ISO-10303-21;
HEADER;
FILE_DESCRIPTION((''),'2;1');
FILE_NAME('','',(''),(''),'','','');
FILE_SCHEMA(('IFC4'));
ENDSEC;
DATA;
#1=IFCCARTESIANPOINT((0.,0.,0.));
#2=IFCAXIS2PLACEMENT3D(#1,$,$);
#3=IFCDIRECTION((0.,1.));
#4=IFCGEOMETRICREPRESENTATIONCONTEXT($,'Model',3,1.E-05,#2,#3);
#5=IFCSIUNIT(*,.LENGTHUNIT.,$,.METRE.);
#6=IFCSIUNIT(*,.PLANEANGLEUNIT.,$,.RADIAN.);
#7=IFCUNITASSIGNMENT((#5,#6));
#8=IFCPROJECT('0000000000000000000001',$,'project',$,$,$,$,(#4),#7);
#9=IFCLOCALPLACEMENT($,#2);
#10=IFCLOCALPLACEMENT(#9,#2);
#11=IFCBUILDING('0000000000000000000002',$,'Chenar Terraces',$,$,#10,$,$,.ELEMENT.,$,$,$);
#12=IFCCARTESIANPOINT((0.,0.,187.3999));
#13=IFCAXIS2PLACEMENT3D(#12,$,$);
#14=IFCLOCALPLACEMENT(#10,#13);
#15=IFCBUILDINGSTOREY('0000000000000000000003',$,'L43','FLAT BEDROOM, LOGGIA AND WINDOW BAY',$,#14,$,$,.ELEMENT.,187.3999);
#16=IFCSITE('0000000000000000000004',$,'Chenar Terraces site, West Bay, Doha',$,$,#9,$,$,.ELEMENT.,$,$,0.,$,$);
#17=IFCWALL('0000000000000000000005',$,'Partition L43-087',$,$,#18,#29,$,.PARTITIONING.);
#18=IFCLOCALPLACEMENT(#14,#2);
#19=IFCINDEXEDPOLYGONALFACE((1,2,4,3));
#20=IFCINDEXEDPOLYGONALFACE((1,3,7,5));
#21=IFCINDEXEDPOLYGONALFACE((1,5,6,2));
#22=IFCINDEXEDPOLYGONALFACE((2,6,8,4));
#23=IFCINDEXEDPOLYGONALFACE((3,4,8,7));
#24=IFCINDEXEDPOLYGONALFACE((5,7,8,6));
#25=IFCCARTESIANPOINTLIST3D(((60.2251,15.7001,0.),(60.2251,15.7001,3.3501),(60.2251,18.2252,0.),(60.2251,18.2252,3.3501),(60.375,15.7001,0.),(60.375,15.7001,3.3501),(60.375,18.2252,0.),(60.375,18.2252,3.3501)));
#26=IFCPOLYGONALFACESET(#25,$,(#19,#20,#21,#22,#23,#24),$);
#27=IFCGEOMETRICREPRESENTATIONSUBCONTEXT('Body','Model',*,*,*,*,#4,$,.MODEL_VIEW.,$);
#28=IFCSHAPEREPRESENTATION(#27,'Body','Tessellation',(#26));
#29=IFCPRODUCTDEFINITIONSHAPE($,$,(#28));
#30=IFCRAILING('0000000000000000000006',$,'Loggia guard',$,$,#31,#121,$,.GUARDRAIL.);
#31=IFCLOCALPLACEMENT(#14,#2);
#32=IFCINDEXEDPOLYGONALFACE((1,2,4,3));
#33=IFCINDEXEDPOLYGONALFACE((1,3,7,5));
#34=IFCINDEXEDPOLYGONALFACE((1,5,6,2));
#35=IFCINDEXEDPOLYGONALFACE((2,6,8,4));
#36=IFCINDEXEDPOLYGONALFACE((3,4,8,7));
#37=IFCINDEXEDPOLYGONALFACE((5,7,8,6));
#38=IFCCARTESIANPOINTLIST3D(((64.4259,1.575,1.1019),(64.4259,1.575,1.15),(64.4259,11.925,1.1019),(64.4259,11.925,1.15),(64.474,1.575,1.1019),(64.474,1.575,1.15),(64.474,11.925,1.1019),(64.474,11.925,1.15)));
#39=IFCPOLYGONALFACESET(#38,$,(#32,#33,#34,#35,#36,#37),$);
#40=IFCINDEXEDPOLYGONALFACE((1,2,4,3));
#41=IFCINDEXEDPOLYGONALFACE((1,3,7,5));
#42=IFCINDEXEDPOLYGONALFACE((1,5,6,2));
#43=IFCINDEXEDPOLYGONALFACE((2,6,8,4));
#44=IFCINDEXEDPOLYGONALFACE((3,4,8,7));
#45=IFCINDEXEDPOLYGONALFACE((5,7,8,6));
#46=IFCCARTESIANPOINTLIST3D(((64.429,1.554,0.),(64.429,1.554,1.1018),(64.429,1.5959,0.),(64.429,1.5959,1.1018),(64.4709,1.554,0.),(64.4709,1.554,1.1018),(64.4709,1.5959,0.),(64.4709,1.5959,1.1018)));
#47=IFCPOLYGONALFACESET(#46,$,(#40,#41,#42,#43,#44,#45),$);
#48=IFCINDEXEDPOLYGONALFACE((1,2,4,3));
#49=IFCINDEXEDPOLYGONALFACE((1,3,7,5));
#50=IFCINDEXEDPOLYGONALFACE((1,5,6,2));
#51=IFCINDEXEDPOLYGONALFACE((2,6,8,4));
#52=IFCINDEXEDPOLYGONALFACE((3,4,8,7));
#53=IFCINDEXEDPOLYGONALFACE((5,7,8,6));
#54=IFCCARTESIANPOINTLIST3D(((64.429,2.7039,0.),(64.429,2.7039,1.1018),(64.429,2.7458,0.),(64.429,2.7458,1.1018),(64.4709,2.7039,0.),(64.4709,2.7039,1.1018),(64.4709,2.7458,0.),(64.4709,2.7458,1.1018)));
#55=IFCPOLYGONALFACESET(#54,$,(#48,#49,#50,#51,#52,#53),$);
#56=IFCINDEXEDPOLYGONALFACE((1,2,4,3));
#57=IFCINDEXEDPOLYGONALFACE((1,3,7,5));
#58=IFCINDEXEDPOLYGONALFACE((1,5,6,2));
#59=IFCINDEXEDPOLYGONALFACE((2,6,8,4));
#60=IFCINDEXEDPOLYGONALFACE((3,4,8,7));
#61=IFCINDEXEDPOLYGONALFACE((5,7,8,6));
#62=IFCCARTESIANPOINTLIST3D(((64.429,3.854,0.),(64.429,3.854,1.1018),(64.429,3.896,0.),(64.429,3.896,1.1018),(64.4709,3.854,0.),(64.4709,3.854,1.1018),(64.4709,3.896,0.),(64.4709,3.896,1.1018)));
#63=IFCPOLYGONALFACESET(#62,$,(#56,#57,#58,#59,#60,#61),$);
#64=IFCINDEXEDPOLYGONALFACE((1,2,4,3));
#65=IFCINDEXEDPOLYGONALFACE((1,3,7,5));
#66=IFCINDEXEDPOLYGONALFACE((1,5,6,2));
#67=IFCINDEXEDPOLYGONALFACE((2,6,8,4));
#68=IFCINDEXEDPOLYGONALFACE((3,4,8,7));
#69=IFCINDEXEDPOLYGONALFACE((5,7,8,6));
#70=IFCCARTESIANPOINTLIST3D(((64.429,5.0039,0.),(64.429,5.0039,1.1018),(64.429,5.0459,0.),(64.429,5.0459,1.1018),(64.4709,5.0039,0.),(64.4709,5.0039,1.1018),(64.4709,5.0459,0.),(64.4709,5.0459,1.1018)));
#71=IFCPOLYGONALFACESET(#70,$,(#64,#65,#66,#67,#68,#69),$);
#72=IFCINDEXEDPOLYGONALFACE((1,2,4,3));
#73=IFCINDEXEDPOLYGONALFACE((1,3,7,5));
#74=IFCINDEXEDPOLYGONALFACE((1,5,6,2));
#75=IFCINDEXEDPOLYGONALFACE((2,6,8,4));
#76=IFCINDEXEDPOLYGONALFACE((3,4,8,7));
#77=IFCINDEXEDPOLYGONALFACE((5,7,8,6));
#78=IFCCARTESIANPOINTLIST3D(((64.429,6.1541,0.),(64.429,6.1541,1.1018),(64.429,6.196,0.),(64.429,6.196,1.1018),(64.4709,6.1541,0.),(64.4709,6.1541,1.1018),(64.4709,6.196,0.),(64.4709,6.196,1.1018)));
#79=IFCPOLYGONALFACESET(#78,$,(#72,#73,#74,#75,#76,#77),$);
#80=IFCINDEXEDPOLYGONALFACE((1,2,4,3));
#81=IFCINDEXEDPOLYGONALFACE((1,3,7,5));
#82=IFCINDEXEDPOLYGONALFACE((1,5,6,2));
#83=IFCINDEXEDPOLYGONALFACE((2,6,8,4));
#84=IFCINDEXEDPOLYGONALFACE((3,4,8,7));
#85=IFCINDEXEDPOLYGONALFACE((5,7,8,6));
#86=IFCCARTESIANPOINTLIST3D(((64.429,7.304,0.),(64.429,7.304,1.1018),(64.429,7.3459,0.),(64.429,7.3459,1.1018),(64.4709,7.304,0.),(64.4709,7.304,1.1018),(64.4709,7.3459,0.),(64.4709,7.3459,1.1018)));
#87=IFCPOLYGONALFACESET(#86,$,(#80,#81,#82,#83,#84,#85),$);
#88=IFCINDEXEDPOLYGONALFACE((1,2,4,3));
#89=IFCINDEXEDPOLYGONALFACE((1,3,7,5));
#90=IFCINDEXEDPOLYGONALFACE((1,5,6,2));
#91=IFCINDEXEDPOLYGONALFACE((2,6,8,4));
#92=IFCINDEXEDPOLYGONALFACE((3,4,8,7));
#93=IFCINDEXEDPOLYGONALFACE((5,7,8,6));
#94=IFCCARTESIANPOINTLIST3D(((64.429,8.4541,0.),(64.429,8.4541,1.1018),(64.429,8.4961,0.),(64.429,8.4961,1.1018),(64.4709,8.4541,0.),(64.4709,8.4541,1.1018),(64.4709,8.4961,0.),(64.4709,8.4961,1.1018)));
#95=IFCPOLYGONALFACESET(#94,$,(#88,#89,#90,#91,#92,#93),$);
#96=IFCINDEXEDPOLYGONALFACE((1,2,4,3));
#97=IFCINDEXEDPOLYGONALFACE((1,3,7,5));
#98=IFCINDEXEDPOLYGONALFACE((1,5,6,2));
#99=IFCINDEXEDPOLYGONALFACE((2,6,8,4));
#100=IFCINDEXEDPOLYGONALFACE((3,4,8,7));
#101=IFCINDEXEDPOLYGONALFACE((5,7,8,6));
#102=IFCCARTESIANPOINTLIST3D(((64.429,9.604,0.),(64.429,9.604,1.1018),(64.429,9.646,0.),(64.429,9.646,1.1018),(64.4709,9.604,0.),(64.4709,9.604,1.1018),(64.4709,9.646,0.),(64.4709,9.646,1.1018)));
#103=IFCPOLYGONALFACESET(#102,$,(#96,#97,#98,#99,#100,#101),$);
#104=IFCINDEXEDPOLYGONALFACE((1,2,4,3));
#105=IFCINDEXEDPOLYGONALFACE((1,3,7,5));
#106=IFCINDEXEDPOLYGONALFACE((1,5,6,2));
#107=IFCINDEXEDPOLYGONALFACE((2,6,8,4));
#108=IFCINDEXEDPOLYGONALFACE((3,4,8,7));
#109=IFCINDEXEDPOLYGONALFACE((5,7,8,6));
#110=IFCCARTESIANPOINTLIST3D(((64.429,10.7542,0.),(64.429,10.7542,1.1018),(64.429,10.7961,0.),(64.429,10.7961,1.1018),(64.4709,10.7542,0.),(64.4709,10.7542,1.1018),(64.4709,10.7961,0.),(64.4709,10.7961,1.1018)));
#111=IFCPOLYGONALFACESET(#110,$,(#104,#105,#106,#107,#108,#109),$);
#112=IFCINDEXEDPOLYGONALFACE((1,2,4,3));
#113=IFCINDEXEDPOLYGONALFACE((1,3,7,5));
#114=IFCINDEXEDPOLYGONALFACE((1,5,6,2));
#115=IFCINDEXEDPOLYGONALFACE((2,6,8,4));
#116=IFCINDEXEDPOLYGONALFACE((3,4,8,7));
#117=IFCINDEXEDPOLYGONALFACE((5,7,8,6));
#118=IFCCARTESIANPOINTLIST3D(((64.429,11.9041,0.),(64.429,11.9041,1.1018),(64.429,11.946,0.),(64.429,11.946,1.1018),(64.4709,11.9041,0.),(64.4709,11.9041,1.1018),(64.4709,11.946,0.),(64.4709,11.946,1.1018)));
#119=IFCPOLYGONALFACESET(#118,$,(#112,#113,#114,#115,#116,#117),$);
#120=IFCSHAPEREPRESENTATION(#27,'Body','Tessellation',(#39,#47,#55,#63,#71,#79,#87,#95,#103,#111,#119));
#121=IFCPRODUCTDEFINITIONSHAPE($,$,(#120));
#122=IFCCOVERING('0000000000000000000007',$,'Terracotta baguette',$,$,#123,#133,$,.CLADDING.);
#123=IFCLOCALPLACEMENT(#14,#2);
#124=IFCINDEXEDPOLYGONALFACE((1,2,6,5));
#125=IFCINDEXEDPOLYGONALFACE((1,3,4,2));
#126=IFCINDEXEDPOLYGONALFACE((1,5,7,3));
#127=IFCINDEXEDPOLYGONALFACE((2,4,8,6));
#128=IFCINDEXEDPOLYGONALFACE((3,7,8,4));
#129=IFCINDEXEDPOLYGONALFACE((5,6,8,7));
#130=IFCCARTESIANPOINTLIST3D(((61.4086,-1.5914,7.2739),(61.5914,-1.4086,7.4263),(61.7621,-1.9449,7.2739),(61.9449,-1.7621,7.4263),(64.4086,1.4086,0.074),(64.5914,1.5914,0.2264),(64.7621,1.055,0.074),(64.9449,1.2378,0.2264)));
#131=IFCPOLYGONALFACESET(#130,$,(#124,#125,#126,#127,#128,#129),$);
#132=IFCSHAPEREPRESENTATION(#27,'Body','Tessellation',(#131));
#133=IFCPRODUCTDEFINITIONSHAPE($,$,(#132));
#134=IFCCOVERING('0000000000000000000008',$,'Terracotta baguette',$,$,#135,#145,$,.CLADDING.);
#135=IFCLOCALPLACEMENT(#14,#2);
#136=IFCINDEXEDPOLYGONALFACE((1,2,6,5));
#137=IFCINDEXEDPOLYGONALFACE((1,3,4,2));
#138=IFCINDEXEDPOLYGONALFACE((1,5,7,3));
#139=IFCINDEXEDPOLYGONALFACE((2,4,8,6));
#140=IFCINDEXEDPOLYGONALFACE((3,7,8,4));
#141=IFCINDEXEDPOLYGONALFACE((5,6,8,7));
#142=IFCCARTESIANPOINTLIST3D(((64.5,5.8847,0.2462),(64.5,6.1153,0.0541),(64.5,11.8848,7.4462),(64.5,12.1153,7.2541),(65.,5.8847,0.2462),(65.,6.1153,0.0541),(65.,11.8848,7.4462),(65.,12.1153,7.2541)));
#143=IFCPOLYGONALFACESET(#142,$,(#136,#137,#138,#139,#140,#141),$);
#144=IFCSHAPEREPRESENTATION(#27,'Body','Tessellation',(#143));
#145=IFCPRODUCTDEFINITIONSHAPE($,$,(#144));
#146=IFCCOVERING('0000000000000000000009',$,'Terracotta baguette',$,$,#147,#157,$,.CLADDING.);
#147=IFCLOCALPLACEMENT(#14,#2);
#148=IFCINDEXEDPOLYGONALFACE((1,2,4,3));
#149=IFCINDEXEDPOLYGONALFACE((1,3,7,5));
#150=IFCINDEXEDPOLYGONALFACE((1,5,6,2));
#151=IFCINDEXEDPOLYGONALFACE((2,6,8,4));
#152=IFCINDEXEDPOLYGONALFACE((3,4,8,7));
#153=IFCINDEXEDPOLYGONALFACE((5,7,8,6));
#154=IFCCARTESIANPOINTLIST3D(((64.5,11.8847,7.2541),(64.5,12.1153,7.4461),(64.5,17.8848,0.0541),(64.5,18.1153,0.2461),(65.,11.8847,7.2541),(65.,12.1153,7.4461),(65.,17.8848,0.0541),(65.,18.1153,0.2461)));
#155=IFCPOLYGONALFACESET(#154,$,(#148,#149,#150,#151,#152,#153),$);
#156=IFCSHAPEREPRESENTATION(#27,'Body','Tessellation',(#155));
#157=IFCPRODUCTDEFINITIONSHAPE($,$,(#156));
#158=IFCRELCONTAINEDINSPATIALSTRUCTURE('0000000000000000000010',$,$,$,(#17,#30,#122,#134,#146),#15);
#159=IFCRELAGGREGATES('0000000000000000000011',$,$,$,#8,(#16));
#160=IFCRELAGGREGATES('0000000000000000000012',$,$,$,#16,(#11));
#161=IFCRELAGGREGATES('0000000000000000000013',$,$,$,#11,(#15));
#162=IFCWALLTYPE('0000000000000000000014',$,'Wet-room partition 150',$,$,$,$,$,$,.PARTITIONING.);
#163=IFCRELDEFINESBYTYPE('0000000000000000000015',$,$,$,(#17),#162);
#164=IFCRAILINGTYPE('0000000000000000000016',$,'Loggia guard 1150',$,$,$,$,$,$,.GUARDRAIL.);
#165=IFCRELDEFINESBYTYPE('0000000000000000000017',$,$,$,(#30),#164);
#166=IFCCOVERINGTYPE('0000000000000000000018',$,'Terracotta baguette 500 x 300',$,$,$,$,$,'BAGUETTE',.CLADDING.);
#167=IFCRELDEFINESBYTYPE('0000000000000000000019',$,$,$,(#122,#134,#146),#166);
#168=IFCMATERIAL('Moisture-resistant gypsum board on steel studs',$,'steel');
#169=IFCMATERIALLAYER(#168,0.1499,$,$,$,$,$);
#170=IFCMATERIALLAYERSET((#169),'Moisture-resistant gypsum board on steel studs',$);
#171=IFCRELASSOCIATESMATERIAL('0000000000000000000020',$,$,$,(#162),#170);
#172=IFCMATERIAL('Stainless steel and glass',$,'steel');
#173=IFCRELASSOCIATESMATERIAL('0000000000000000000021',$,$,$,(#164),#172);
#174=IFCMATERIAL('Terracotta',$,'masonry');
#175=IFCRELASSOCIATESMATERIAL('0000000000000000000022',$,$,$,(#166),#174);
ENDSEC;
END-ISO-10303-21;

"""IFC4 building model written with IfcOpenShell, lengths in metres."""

from ifc_helpers import new_model, si_unit, direction, frame, frame_2d, origin, origin_2d, place, context, subcontext, project, spatial, rectangle, extrude, material, layer, layer_set, material_profile, profile_set, type_object, element, save


model = new_model("IFC4")

# Units and contexts
model_context = context("Model", 3, precision=1e-05, world=origin(), true_north=direction((0.0, 1.0)))
body_context = subcontext(model_context, "Body", "Model", "MODEL_VIEW")
ifc_project = project(units=[si_unit("LENGTHUNIT", "METRE"), si_unit("PLANEANGLEUNIT", "RADIAN")], contexts=[model_context])

# Site, building, storey
site_placement = place(None, origin())
site = spatial("IfcSite", under=ifc_project, at=site_placement, Name="Chenar Terraces site, West Bay, Doha", CompositionType="ELEMENT", RefElevation=0.0)
building_placement = place(site_placement, origin())
building = spatial("IfcBuilding", under=site, at=building_placement, Name="Chenar Terraces", CompositionType="ELEMENT")
storey_placement = place(building_placement, frame((0.0, 0.0, 187.3999)))
storey = spatial("IfcBuildingStorey", under=building, at=storey_placement, Name="L43", Description="FLAT BEDROOM, LOGGIA AND WINDOW BAY", CompositionType="ELEMENT", Elevation=187.3999)

# Shared definitions
ifc_material_1 = material(Name="Moisture-resistant gypsum board on steel studs", Category="steel")
ifc_layer_1 = layer(ifc_material_1, 0.1499)
ifc_layer_set_1 = layer_set([ifc_layer_1], Name="Moisture-resistant gypsum board on steel studs")
wall_type_1 = type_object("IfcWallType", Name="Wet-room partition 150", PredefinedType="PARTITIONING", material=ifc_layer_set_1)

# Wall
wall_1_placement = place(storey_placement, frame((60.3, 15.7, 0.0), z_axis=(0.0, 0.0, 1.0), x_axis=(0.0, 1.0, 0.0)))
element("IfcWall", 1, at=wall_1_placement, inside=storey, type_object=wall_type_1, Name="Partition L43-087", PredefinedType="PARTITIONING", context=body_context, shape_type="SweptSolid", body=[
    extrude(rectangle(XDim=2.5251, YDim=0.1499, at=frame_2d((1.2627, 0.0))), origin(), (0.0, 0.0, 1.0), 3.3501),
])

# Railing
ifc_material_2 = material(Name="Stainless steel and glass", Category="steel")
railing_type = type_object("IfcRailingType", Name="Loggia guard 1150", PredefinedType="GUARDRAIL", material=ifc_material_2)
railing_placement = place(storey_placement, frame((64.45, 1.575, 0.0)))
element("IfcRailing", 2, at=railing_placement, inside=storey, type_object=railing_type, Name="Loggia guard", PredefinedType="GUARDRAIL", context=body_context, shape_type="SweptSolid", body=[
    extrude(rectangle(XDim=0.0481, YDim=0.0481, at=origin_2d()), frame((0.0, 0.0, 1.126), z_axis=(0.0, 1.0, 0.0), x_axis=(-1.0, 0.0, 0.0)), (0.0, 0.0, 1.0), 10.3501),
    extrude(rectangle(XDim=0.042, YDim=0.042, at=origin_2d()), origin(), (0.0, 0.0, 1.0), 1.1018),
    extrude(rectangle(XDim=0.042, YDim=0.042, at=origin_2d()), frame((0.0, 1.1499, 0.0)), (0.0, 0.0, 1.0), 1.1018),
    extrude(rectangle(XDim=0.042, YDim=0.042, at=origin_2d()), frame((0.0, 2.3, 0.0)), (0.0, 0.0, 1.0), 1.1018),
    extrude(rectangle(XDim=0.042, YDim=0.042, at=origin_2d()), frame((0.0, 3.45, 0.0)), (0.0, 0.0, 1.0), 1.1018),
    extrude(rectangle(XDim=0.042, YDim=0.042, at=origin_2d()), frame((0.0, 4.6001, 0.0)), (0.0, 0.0, 1.0), 1.1018),
    extrude(rectangle(XDim=0.042, YDim=0.042, at=origin_2d()), frame((0.0, 5.75, 0.0)), (0.0, 0.0, 1.0), 1.1018),
    extrude(rectangle(XDim=0.042, YDim=0.042, at=origin_2d()), frame((0.0, 6.9001, 0.0)), (0.0, 0.0, 1.0), 1.1018),
    extrude(rectangle(XDim=0.042, YDim=0.042, at=origin_2d()), frame((0.0, 8.05, 0.0)), (0.0, 0.0, 1.0), 1.1018),
    extrude(rectangle(XDim=0.042, YDim=0.042, at=origin_2d()), frame((0.0, 9.2002, 0.0)), (0.0, 0.0, 1.0), 1.1018),
    extrude(rectangle(XDim=0.042, YDim=0.042, at=origin_2d()), frame((0.0, 10.3501, 0.0)), (0.0, 0.0, 1.0), 1.1018),
])

# Coverings
ifc_material_3 = material(Name="Terracotta", Category="masonry")
ifc_material_profile_1 = material_profile(ifc_material_3, rectangle(XDim=0.5, YDim=0.3, at=origin_2d()), Name="Terracotta baguette 500 x 300")
ifc_profile_set_1 = profile_set([ifc_material_profile_1], Name="Terracotta")
covering_type = type_object("IfcCoveringType", Name="Terracotta baguette 500 x 300", ElementType="BAGUETTE", PredefinedType="CLADDING", material=ifc_profile_set_1)
covering_placement = place(storey_placement, frame((61.6768, -1.6768, 7.3501), z_axis=(0.358981, 0.358981, -0.861548), x_axis=(-0.707107, 0.707107, 0.0)))
element("IfcCovering", 3, at=covering_placement, inside=storey, type_object=covering_type, Name="Terracotta baguette", PredefinedType="CLADDING", context=body_context, shape_type="SweptSolid", body=[
    extrude(rectangle(XDim=0.5, YDim=0.3, at=origin_2d()), origin(), (0.0, 0.0, 1.0), 8.3569),
])
for number, where, z_axis, x_axis, name in (
    (4, (64.75, 6.0, 0.1501), (0.0, 0.640187, 0.768219), (-1.0, 0.0, 0.0), "Terracotta baguette"),
    (5, (64.75, 12.0, 7.3501), (0.0, 0.640187, -0.768219), (-1.0, 0.0, 0.0), "Terracotta baguette"),
):
    element("IfcCovering", number, at=place(storey_placement, frame(where, z_axis=z_axis, x_axis=x_axis)), inside=storey, type_object=covering_type, Name=name, PredefinedType="CLADDING", context=body_context, shape_type="SweptSolid", body=[
        extrude(rectangle(XDim=0.5, YDim=0.3, at=origin_2d()), origin(), (0.0, 0.0, 1.0), 9.3723),
    ])

save(model, "model.ifc")
